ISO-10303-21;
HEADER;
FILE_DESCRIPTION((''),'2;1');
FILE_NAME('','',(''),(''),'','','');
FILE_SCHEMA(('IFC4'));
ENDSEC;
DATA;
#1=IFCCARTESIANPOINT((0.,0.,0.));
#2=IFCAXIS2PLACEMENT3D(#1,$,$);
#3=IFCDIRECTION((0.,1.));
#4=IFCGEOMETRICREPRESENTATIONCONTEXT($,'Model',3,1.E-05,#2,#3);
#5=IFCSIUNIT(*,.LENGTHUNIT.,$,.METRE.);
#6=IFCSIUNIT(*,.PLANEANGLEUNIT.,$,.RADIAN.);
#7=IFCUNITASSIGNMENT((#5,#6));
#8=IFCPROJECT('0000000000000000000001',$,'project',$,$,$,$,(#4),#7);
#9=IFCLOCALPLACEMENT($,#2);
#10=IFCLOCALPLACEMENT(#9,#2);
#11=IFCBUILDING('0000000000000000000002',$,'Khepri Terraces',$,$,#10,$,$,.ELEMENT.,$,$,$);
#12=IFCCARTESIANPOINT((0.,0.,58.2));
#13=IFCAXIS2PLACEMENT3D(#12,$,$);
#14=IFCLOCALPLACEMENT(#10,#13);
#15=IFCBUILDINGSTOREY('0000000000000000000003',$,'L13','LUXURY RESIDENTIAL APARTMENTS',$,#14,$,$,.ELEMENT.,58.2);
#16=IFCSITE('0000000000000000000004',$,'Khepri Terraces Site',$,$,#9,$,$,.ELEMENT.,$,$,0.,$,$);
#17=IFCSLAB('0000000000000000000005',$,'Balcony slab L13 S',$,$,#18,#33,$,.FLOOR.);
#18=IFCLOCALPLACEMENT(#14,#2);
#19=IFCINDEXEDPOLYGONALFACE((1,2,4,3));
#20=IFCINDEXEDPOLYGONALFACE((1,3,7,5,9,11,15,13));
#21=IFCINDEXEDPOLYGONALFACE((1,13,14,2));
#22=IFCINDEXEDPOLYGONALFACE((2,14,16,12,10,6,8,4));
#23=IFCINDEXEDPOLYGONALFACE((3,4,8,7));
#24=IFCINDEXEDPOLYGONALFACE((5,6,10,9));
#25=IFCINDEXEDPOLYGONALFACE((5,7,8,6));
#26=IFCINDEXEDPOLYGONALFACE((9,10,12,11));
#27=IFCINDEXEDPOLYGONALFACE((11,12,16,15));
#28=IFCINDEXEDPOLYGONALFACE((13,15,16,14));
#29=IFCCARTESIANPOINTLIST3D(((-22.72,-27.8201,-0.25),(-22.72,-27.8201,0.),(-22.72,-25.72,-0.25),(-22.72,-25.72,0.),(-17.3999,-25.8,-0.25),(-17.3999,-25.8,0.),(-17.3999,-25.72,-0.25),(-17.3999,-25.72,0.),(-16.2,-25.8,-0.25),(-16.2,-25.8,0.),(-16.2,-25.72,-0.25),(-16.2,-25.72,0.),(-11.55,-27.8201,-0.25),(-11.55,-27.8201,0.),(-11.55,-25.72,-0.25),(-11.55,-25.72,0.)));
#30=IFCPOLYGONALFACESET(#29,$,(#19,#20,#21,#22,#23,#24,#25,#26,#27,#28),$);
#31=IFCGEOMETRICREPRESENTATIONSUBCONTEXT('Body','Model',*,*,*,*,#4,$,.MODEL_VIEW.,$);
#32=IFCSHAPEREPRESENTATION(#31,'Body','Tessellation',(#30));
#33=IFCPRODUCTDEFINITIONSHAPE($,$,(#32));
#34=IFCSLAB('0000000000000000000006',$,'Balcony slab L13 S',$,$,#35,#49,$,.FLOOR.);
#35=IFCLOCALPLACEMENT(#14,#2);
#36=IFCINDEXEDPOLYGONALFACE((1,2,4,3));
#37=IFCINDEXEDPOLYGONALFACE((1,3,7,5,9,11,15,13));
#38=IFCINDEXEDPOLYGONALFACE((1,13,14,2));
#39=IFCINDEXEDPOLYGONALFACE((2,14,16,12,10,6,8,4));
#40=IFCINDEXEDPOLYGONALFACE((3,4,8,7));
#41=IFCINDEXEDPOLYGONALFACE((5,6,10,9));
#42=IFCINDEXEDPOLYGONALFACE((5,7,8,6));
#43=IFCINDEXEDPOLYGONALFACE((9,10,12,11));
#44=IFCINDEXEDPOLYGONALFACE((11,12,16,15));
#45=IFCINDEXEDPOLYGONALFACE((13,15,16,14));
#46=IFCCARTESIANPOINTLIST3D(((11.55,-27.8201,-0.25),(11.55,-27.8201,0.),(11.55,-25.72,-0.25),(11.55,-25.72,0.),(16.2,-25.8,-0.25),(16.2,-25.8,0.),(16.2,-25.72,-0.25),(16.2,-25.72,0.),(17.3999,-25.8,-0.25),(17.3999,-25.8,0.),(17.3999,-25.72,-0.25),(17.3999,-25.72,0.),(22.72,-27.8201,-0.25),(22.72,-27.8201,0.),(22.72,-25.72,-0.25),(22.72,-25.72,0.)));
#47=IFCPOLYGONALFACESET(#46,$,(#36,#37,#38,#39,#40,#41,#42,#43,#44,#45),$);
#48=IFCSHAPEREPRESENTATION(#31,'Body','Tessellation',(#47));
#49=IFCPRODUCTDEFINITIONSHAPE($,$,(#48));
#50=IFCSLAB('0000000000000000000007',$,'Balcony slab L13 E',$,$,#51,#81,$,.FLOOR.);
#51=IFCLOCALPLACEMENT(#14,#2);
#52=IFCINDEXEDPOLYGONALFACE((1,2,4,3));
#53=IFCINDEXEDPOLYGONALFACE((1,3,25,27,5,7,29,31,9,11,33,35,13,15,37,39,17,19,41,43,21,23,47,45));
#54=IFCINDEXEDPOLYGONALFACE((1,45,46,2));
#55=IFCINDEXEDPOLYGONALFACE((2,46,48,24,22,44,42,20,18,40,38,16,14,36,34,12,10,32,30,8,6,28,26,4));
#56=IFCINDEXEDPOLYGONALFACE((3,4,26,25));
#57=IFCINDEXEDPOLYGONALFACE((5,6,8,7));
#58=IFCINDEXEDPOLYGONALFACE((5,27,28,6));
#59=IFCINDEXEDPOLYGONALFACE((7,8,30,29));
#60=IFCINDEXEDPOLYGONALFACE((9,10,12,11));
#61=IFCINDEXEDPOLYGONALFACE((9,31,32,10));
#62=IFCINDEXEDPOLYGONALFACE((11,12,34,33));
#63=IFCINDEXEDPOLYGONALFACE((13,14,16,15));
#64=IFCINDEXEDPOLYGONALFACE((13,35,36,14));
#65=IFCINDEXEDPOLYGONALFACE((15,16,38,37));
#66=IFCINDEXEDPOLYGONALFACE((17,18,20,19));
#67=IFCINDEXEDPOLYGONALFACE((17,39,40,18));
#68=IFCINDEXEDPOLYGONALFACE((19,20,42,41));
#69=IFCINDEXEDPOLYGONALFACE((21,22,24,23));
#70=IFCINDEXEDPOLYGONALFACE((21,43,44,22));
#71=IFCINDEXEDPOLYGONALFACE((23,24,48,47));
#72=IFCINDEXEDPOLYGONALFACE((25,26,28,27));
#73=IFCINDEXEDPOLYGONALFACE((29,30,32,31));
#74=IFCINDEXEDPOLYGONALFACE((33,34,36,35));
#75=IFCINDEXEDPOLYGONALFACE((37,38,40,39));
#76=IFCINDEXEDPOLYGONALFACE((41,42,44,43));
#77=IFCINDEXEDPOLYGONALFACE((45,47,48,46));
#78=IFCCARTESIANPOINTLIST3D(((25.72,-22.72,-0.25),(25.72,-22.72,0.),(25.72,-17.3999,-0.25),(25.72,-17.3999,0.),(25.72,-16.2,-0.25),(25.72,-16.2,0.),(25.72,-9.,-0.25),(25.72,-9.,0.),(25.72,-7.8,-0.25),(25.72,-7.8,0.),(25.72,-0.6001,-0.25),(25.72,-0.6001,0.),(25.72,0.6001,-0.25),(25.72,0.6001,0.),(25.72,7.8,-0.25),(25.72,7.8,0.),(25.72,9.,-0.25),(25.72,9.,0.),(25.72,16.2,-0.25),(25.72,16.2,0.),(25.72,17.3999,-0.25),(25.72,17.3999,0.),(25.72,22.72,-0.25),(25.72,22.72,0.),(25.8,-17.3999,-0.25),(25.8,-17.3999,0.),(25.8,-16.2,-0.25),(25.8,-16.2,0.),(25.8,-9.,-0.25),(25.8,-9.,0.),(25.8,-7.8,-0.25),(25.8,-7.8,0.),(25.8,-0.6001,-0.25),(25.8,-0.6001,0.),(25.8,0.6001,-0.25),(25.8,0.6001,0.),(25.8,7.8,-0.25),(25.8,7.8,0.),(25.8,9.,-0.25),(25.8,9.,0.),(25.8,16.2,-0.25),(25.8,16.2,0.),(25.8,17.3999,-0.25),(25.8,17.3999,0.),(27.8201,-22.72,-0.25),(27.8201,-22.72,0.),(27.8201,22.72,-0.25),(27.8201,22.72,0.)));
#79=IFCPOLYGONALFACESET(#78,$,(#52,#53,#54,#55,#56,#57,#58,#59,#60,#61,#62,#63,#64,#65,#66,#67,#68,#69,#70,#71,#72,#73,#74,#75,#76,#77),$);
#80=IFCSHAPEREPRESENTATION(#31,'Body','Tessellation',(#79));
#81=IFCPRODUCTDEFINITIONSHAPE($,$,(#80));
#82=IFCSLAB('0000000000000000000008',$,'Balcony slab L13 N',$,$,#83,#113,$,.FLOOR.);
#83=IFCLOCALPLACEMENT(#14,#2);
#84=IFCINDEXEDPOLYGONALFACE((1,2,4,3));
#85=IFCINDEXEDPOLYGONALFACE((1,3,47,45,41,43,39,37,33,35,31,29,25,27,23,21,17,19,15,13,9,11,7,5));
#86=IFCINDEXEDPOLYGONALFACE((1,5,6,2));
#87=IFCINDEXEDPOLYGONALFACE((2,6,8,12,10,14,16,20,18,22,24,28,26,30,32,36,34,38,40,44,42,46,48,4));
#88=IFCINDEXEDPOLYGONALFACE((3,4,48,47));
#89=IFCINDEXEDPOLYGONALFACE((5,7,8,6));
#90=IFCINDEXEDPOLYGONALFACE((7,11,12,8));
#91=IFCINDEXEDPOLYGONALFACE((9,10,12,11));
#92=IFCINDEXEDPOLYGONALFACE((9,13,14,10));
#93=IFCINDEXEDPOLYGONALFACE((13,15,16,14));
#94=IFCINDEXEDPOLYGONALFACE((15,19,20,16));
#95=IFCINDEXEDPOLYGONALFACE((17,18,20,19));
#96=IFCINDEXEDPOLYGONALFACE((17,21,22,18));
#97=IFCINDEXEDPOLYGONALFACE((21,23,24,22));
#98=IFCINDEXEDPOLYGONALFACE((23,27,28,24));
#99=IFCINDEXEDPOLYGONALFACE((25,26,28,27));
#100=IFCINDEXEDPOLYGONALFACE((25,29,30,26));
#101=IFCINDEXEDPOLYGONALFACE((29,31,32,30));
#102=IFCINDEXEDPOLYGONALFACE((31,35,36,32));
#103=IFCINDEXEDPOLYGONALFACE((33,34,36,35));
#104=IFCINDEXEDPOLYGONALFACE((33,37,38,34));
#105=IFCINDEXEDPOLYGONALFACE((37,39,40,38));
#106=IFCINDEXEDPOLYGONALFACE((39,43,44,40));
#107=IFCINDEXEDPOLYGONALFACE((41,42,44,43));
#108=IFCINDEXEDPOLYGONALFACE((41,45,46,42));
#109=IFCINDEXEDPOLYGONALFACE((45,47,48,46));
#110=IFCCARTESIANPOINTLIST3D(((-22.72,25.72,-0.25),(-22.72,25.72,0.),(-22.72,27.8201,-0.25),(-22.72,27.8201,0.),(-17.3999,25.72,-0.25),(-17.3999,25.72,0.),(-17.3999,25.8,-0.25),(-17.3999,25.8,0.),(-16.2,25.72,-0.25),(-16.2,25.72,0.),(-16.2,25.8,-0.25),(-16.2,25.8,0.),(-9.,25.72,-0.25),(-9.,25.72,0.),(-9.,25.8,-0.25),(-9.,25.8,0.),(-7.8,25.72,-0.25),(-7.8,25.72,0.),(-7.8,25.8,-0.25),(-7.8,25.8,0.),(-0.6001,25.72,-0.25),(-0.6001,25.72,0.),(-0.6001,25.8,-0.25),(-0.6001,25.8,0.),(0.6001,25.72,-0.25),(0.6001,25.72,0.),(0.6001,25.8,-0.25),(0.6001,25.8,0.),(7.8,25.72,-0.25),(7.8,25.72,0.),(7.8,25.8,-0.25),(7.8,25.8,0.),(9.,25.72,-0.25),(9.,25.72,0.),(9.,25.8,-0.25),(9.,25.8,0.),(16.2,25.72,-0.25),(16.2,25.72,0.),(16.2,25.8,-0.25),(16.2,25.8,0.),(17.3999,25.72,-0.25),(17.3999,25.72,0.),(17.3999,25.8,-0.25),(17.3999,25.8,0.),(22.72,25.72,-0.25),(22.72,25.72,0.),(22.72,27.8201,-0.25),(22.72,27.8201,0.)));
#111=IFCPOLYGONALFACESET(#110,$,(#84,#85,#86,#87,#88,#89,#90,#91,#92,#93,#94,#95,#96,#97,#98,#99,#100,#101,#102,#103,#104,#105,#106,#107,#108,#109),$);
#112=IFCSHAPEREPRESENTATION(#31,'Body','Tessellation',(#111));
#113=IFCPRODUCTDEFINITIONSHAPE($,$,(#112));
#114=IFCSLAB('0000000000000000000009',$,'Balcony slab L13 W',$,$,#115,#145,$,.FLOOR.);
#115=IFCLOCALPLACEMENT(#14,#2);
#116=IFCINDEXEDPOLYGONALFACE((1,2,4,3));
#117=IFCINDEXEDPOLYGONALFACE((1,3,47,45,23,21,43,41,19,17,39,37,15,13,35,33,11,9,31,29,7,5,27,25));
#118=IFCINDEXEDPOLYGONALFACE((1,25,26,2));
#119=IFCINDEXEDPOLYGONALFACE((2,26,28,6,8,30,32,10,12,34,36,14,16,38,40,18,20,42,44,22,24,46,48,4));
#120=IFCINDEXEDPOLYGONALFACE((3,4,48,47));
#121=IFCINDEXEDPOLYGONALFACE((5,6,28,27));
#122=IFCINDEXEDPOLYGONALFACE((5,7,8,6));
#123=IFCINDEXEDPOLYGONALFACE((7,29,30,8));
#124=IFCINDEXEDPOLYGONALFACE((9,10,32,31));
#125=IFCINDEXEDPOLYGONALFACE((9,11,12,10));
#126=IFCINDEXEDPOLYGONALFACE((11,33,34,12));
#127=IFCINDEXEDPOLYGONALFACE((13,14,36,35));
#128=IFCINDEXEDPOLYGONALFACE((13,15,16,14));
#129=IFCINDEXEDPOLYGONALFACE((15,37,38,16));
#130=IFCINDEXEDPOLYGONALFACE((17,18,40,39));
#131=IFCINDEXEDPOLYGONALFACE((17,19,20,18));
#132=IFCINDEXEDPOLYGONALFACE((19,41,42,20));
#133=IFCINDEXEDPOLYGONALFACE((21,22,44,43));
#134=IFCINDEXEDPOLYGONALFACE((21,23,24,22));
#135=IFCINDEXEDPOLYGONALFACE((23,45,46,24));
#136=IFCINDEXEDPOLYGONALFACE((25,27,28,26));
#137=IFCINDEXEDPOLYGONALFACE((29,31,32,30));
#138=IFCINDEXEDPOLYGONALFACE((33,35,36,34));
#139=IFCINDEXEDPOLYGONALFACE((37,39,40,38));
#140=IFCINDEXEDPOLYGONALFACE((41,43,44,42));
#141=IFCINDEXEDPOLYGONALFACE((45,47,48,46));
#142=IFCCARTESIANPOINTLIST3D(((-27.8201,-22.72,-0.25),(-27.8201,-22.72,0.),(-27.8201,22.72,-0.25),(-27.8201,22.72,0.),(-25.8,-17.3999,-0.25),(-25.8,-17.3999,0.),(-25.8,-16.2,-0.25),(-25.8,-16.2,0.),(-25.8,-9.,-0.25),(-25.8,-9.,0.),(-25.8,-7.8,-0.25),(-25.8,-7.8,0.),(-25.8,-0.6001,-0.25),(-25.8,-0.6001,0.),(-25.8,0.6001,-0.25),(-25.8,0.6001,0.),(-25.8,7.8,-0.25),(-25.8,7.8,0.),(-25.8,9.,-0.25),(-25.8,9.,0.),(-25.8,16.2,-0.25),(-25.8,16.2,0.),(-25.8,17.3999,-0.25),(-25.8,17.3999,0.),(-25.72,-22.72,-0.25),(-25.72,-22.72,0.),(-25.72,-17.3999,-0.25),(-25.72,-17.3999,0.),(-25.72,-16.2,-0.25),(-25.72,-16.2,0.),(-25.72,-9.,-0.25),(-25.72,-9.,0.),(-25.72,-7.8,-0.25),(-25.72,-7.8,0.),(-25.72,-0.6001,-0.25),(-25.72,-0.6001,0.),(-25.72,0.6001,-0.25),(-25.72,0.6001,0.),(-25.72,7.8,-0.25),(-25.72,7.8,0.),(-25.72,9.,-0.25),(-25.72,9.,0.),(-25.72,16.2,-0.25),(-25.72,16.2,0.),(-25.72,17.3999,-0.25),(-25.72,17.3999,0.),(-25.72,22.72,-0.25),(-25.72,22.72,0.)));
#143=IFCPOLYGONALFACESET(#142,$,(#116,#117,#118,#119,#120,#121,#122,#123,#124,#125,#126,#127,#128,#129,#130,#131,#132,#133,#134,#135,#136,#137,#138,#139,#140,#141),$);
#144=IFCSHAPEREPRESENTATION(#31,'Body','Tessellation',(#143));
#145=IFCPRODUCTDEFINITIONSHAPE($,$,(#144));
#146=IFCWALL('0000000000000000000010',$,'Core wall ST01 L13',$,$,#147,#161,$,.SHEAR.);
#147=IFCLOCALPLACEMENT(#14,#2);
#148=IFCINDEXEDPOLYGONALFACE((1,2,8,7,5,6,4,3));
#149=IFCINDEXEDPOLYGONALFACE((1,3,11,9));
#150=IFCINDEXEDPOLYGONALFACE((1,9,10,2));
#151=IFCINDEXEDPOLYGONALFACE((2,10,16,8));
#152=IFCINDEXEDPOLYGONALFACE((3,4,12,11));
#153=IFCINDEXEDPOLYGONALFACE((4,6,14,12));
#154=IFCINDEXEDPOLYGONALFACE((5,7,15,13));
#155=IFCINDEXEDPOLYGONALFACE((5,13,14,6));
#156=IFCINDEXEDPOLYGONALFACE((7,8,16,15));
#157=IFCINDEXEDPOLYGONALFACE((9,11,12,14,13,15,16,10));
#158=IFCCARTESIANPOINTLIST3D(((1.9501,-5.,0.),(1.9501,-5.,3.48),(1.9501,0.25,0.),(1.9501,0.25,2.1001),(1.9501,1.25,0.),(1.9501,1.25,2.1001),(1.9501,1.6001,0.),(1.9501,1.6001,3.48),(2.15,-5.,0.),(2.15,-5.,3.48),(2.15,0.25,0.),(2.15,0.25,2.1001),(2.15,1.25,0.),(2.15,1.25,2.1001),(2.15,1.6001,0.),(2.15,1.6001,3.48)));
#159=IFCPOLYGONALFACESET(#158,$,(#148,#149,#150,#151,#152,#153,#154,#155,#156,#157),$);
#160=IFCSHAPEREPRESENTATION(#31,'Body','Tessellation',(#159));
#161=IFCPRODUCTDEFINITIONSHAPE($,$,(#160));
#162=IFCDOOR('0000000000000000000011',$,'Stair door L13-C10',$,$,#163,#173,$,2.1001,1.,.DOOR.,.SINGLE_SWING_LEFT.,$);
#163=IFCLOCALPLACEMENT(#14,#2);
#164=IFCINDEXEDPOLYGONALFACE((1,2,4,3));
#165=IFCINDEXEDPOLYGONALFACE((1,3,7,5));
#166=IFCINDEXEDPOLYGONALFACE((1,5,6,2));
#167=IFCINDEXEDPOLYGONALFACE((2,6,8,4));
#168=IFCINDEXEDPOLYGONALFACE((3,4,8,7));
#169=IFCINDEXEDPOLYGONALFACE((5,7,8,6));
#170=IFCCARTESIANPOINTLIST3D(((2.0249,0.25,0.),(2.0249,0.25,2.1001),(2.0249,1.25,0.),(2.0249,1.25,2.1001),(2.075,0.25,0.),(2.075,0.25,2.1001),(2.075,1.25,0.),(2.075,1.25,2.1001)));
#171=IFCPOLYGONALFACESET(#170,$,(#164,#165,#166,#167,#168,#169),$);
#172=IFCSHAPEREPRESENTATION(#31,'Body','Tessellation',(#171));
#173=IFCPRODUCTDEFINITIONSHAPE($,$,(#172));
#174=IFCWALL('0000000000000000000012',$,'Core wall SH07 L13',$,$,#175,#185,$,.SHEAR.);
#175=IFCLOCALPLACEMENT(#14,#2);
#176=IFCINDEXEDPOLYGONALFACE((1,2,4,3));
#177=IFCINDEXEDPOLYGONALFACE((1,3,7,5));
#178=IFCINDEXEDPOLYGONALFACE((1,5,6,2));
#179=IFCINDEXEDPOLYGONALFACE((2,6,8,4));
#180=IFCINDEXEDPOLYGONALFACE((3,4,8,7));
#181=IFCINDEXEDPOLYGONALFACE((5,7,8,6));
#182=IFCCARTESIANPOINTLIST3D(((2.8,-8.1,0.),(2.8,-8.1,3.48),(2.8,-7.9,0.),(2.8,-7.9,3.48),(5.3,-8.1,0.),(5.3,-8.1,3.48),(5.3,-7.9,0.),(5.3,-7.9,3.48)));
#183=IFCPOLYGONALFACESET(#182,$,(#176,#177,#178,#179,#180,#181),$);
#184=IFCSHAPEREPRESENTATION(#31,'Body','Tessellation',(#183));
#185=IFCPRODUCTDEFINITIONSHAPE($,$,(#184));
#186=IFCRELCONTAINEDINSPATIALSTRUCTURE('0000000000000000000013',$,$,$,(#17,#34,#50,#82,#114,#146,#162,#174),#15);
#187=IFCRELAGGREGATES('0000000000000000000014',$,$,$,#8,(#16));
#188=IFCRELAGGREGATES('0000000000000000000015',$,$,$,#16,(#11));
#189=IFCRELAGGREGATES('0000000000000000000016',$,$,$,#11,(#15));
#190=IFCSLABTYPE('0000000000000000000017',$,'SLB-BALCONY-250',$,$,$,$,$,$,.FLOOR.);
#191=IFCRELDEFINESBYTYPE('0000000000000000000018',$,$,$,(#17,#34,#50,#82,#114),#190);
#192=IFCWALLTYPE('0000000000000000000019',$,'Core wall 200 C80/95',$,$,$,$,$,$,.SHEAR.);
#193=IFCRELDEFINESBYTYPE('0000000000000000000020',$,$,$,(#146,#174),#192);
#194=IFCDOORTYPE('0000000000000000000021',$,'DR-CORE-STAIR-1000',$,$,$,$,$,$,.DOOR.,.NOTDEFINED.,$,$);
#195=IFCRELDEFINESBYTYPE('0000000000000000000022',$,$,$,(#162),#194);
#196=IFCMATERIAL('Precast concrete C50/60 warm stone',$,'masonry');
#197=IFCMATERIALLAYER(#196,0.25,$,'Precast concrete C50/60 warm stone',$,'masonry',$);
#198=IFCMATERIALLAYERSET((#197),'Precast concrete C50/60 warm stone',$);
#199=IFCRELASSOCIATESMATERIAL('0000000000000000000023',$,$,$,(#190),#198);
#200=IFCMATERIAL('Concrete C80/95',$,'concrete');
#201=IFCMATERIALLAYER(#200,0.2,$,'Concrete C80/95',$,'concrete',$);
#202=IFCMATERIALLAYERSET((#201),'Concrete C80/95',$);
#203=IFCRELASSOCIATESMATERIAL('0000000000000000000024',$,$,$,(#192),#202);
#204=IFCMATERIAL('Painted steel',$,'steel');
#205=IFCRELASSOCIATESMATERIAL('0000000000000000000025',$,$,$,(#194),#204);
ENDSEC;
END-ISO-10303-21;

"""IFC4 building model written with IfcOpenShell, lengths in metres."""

from ifc_helpers import new_model, si_unit, direction, frame, frame_2d, origin, place, context, subcontext, project, spatial, polyline, rectangle, outline, extrude, material, layer, layer_set, type_object, element, fill, save


model = new_model("IFC4")

# Units and contexts
model_context = context("Model", 3, precision=1e-05, world=origin(), true_north=direction((0.0, 1.0)))
body_context = subcontext(model_context, "Body", "Model", "MODEL_VIEW")
ifc_project = project(units=[si_unit("LENGTHUNIT", "METRE"), si_unit("PLANEANGLEUNIT", "RADIAN")], contexts=[model_context])

# Site, building, storey
site_placement = place(None, origin())
site = spatial("IfcSite", under=ifc_project, at=site_placement, Name="Khepri Terraces Site", CompositionType="ELEMENT", RefElevation=0.0)
building_placement = place(site_placement, origin())
building = spatial("IfcBuilding", under=site, at=building_placement, Name="Khepri Terraces", CompositionType="ELEMENT")
storey_placement = place(building_placement, frame((0.0, 0.0, 58.2)))
storey = spatial("IfcBuildingStorey", under=building, at=storey_placement, Name="L13", Description="LUXURY RESIDENTIAL APARTMENTS", CompositionType="ELEMENT", Elevation=58.2)

# Slabs
ifc_material_1 = material(Name="Precast concrete C50/60 warm stone", Category="masonry")
ifc_layer_1 = layer(ifc_material_1, 0.25, Name="Precast concrete C50/60 warm stone", Category="masonry")
ifc_layer_set_1 = layer_set([ifc_layer_1], Name="Precast concrete C50/60 warm stone")
slab_type = type_object("IfcSlabType", Name="SLB-BALCONY-250", PredefinedType="FLOOR", material=ifc_layer_set_1)
slab_1_placement = place(storey_placement, frame((0.0, 0.0, -0.25)))
element("IfcSlab", 1, at=slab_1_placement, inside=storey, type_object=slab_type, Name="Balcony slab L13 S", PredefinedType="FLOOR", context=body_context, shape_type="SweptSolid", body=[
    extrude(outline(polyline([(-17.3999, -25.72), (-22.72, -25.72), (-22.72, -27.8201), (-11.55, -27.8201), (-11.55, -25.72), (-16.2, -25.72), (-16.2, -25.8), (-17.3999, -25.8), (-17.3999, -25.72)])), origin(), (0.0, 0.0, 1.0), 0.25),
])
slab_2_placement = place(storey_placement, frame((0.0, 0.0, -0.25)))
element("IfcSlab", 2, at=slab_2_placement, inside=storey, type_object=slab_type, Name="Balcony slab L13 S", PredefinedType="FLOOR", context=body_context, shape_type="SweptSolid", body=[
    extrude(outline(polyline([(16.2, -25.72), (11.55, -25.72), (11.55, -27.8201), (22.72, -27.8201), (22.72, -25.72), (17.3999, -25.72), (17.3999, -25.8), (16.2, -25.8), (16.2, -25.72)])), origin(), (0.0, 0.0, 1.0), 0.25),
])
slab_3_placement = place(storey_placement, frame((0.0, 0.0, -0.25)))
element("IfcSlab", 3, at=slab_3_placement, inside=storey, type_object=slab_type, Name="Balcony slab L13 E", PredefinedType="FLOOR", context=body_context, shape_type="SweptSolid", body=[
    extrude(outline(polyline([(25.72, -17.3999), (25.72, -22.72), (27.8201, -22.72), (27.8201, 22.72), (25.72, 22.72), (25.72, 17.3999), (25.8, 17.3999), (25.8, 16.2), (25.72, 16.2), (25.72, 9.0), (25.8, 9.0), (25.8, 7.8), (25.72, 7.8), (25.72, 0.6001), (25.8, 0.6001), (25.8, -0.6001), (25.72, -0.6001), (25.72, -7.8), (25.8, -7.8), (25.8, -9.0), (25.72, -9.0), (25.72, -16.2), (25.8, -16.2), (25.8, -17.3999), (25.72, -17.3999)])), origin(), (0.0, 0.0, 1.0), 0.25),
])
slab_4_placement = place(storey_placement, frame((0.0, 0.0, -0.25)))
element("IfcSlab", 4, at=slab_4_placement, inside=storey, type_object=slab_type, Name="Balcony slab L13 N", PredefinedType="FLOOR", context=body_context, shape_type="SweptSolid", body=[
    extrude(outline(polyline([(17.3999, 25.72), (22.72, 25.72), (22.72, 27.8201), (-22.72, 27.8201), (-22.72, 25.72), (-17.3999, 25.72), (-17.3999, 25.8), (-16.2, 25.8), (-16.2, 25.72), (-9.0, 25.72), (-9.0, 25.8), (-7.8, 25.8), (-7.8, 25.72), (-0.6001, 25.72), (-0.6001, 25.8), (0.6001, 25.8), (0.6001, 25.72), (7.8, 25.72), (7.8, 25.8), (9.0, 25.8), (9.0, 25.72), (16.2, 25.72), (16.2, 25.8), (17.3999, 25.8), (17.3999, 25.72)])), origin(), (0.0, 0.0, 1.0), 0.25),
])
slab_5_placement = place(storey_placement, frame((0.0, 0.0, -0.25)))
element("IfcSlab", 5, at=slab_5_placement, inside=storey, type_object=slab_type, Name="Balcony slab L13 W", PredefinedType="FLOOR", context=body_context, shape_type="SweptSolid", body=[
    extrude(outline(polyline([(-25.72, 17.3999), (-25.72, 22.72), (-27.8201, 22.72), (-27.8201, -22.72), (-25.72, -22.72), (-25.72, -17.3999), (-25.8, -17.3999), (-25.8, -16.2), (-25.72, -16.2), (-25.72, -9.0), (-25.8, -9.0), (-25.8, -7.8), (-25.72, -7.8), (-25.72, -0.6001), (-25.8, -0.6001), (-25.8, 0.6001), (-25.72, 0.6001), (-25.72, 7.8), (-25.8, 7.8), (-25.8, 9.0), (-25.72, 9.0), (-25.72, 16.2), (-25.8, 16.2), (-25.8, 17.3999), (-25.72, 17.3999)])), origin(), (0.0, 0.0, 1.0), 0.25),
])

# Wall, opening, door
ifc_material_2 = material(Name="Concrete C80/95", Category="concrete")
ifc_layer_2 = layer(ifc_material_2, 0.2, Name="Concrete C80/95", Category="concrete")
ifc_layer_set_2 = layer_set([ifc_layer_2], Name="Concrete C80/95")
wall_type_1 = type_object("IfcWallType", Name="Core wall 200 C80/95", PredefinedType="SHEAR", material=ifc_layer_set_2)
wall_1_placement = place(storey_placement, frame((2.05, -5.0, 0.0), z_axis=(0.0, 0.0, 1.0), x_axis=(0.0, 1.0, 0.0)))
wall_1 = element("IfcWall", 6, at=wall_1_placement, inside=storey, type_object=wall_type_1, Name="Core wall ST01 L13", PredefinedType="SHEAR", context=body_context, shape_type="SweptSolid", body=[
    extrude(rectangle(XDim=6.6001, YDim=0.2, at=frame_2d((3.3, 0.0))), origin(), (0.0, 0.0, 1.0), 3.48),
])
opening_1_placement = place(wall_1_placement, frame((5.25, 0.0, 0.0)))
opening_1 = element("IfcOpeningElement", 7, at=opening_1_placement, cuts=wall_1, PredefinedType="OPENING", context=body_context, shape_type="SweptSolid", body=[
    extrude(rectangle(XDim=1.0, YDim=2.1001, at=frame_2d((0.5, 1.05))), frame((0.0, 0.1099, 0.0), z_axis=(0.0, -1.0, 0.0), x_axis=(1.0, 0.0, 0.0)), (0.0, 0.0, 1.0), 0.22),
])
ifc_material_3 = material(Name="Painted steel", Category="steel")
door_type_1 = type_object("IfcDoorType", Name="DR-CORE-STAIR-1000", OperationType="NOTDEFINED", PredefinedType="DOOR", material=ifc_material_3)
door_1_placement = place(opening_1_placement, frame((1.0, 0.0, 0.0), z_axis=(0.0, 0.0, 1.0), x_axis=(-1.0, 0.0, 0.0)))
door_1 = element("IfcDoor", 8, at=door_1_placement, inside=storey, type_object=door_type_1, Name="Stair door L13-C10", OperationType="SINGLE_SWING_LEFT", OverallHeight=2.1001, OverallWidth=1.0, PredefinedType="DOOR", context=body_context, shape_type="SweptSolid", body=[
    extrude(rectangle(XDim=1.0, YDim=2.1001, at=frame_2d((0.5, 1.05))), frame((0.0, 0.0249, 0.0), z_axis=(0.0, -1.0, 0.0), x_axis=(1.0, 0.0, 0.0)), (0.0, 0.0, 1.0), 0.05),
])
fill(opening_1, door_1)

# Wall
wall_2_placement = place(storey_placement, frame((2.8, -8.0, 0.0), z_axis=(0.0, 0.0, 1.0), x_axis=(1.0, 0.0, 0.0)))
element("IfcWall", 9, at=wall_2_placement, inside=storey, type_object=wall_type_1, Name="Core wall SH07 L13", PredefinedType="SHEAR", context=body_context, shape_type="SweptSolid", body=[
    extrude(rectangle(XDim=2.5, YDim=0.2, at=frame_2d((1.25, 0.0))), origin(), (0.0, 0.0, 1.0), 3.48),
])

save(model, "model.ifc")
